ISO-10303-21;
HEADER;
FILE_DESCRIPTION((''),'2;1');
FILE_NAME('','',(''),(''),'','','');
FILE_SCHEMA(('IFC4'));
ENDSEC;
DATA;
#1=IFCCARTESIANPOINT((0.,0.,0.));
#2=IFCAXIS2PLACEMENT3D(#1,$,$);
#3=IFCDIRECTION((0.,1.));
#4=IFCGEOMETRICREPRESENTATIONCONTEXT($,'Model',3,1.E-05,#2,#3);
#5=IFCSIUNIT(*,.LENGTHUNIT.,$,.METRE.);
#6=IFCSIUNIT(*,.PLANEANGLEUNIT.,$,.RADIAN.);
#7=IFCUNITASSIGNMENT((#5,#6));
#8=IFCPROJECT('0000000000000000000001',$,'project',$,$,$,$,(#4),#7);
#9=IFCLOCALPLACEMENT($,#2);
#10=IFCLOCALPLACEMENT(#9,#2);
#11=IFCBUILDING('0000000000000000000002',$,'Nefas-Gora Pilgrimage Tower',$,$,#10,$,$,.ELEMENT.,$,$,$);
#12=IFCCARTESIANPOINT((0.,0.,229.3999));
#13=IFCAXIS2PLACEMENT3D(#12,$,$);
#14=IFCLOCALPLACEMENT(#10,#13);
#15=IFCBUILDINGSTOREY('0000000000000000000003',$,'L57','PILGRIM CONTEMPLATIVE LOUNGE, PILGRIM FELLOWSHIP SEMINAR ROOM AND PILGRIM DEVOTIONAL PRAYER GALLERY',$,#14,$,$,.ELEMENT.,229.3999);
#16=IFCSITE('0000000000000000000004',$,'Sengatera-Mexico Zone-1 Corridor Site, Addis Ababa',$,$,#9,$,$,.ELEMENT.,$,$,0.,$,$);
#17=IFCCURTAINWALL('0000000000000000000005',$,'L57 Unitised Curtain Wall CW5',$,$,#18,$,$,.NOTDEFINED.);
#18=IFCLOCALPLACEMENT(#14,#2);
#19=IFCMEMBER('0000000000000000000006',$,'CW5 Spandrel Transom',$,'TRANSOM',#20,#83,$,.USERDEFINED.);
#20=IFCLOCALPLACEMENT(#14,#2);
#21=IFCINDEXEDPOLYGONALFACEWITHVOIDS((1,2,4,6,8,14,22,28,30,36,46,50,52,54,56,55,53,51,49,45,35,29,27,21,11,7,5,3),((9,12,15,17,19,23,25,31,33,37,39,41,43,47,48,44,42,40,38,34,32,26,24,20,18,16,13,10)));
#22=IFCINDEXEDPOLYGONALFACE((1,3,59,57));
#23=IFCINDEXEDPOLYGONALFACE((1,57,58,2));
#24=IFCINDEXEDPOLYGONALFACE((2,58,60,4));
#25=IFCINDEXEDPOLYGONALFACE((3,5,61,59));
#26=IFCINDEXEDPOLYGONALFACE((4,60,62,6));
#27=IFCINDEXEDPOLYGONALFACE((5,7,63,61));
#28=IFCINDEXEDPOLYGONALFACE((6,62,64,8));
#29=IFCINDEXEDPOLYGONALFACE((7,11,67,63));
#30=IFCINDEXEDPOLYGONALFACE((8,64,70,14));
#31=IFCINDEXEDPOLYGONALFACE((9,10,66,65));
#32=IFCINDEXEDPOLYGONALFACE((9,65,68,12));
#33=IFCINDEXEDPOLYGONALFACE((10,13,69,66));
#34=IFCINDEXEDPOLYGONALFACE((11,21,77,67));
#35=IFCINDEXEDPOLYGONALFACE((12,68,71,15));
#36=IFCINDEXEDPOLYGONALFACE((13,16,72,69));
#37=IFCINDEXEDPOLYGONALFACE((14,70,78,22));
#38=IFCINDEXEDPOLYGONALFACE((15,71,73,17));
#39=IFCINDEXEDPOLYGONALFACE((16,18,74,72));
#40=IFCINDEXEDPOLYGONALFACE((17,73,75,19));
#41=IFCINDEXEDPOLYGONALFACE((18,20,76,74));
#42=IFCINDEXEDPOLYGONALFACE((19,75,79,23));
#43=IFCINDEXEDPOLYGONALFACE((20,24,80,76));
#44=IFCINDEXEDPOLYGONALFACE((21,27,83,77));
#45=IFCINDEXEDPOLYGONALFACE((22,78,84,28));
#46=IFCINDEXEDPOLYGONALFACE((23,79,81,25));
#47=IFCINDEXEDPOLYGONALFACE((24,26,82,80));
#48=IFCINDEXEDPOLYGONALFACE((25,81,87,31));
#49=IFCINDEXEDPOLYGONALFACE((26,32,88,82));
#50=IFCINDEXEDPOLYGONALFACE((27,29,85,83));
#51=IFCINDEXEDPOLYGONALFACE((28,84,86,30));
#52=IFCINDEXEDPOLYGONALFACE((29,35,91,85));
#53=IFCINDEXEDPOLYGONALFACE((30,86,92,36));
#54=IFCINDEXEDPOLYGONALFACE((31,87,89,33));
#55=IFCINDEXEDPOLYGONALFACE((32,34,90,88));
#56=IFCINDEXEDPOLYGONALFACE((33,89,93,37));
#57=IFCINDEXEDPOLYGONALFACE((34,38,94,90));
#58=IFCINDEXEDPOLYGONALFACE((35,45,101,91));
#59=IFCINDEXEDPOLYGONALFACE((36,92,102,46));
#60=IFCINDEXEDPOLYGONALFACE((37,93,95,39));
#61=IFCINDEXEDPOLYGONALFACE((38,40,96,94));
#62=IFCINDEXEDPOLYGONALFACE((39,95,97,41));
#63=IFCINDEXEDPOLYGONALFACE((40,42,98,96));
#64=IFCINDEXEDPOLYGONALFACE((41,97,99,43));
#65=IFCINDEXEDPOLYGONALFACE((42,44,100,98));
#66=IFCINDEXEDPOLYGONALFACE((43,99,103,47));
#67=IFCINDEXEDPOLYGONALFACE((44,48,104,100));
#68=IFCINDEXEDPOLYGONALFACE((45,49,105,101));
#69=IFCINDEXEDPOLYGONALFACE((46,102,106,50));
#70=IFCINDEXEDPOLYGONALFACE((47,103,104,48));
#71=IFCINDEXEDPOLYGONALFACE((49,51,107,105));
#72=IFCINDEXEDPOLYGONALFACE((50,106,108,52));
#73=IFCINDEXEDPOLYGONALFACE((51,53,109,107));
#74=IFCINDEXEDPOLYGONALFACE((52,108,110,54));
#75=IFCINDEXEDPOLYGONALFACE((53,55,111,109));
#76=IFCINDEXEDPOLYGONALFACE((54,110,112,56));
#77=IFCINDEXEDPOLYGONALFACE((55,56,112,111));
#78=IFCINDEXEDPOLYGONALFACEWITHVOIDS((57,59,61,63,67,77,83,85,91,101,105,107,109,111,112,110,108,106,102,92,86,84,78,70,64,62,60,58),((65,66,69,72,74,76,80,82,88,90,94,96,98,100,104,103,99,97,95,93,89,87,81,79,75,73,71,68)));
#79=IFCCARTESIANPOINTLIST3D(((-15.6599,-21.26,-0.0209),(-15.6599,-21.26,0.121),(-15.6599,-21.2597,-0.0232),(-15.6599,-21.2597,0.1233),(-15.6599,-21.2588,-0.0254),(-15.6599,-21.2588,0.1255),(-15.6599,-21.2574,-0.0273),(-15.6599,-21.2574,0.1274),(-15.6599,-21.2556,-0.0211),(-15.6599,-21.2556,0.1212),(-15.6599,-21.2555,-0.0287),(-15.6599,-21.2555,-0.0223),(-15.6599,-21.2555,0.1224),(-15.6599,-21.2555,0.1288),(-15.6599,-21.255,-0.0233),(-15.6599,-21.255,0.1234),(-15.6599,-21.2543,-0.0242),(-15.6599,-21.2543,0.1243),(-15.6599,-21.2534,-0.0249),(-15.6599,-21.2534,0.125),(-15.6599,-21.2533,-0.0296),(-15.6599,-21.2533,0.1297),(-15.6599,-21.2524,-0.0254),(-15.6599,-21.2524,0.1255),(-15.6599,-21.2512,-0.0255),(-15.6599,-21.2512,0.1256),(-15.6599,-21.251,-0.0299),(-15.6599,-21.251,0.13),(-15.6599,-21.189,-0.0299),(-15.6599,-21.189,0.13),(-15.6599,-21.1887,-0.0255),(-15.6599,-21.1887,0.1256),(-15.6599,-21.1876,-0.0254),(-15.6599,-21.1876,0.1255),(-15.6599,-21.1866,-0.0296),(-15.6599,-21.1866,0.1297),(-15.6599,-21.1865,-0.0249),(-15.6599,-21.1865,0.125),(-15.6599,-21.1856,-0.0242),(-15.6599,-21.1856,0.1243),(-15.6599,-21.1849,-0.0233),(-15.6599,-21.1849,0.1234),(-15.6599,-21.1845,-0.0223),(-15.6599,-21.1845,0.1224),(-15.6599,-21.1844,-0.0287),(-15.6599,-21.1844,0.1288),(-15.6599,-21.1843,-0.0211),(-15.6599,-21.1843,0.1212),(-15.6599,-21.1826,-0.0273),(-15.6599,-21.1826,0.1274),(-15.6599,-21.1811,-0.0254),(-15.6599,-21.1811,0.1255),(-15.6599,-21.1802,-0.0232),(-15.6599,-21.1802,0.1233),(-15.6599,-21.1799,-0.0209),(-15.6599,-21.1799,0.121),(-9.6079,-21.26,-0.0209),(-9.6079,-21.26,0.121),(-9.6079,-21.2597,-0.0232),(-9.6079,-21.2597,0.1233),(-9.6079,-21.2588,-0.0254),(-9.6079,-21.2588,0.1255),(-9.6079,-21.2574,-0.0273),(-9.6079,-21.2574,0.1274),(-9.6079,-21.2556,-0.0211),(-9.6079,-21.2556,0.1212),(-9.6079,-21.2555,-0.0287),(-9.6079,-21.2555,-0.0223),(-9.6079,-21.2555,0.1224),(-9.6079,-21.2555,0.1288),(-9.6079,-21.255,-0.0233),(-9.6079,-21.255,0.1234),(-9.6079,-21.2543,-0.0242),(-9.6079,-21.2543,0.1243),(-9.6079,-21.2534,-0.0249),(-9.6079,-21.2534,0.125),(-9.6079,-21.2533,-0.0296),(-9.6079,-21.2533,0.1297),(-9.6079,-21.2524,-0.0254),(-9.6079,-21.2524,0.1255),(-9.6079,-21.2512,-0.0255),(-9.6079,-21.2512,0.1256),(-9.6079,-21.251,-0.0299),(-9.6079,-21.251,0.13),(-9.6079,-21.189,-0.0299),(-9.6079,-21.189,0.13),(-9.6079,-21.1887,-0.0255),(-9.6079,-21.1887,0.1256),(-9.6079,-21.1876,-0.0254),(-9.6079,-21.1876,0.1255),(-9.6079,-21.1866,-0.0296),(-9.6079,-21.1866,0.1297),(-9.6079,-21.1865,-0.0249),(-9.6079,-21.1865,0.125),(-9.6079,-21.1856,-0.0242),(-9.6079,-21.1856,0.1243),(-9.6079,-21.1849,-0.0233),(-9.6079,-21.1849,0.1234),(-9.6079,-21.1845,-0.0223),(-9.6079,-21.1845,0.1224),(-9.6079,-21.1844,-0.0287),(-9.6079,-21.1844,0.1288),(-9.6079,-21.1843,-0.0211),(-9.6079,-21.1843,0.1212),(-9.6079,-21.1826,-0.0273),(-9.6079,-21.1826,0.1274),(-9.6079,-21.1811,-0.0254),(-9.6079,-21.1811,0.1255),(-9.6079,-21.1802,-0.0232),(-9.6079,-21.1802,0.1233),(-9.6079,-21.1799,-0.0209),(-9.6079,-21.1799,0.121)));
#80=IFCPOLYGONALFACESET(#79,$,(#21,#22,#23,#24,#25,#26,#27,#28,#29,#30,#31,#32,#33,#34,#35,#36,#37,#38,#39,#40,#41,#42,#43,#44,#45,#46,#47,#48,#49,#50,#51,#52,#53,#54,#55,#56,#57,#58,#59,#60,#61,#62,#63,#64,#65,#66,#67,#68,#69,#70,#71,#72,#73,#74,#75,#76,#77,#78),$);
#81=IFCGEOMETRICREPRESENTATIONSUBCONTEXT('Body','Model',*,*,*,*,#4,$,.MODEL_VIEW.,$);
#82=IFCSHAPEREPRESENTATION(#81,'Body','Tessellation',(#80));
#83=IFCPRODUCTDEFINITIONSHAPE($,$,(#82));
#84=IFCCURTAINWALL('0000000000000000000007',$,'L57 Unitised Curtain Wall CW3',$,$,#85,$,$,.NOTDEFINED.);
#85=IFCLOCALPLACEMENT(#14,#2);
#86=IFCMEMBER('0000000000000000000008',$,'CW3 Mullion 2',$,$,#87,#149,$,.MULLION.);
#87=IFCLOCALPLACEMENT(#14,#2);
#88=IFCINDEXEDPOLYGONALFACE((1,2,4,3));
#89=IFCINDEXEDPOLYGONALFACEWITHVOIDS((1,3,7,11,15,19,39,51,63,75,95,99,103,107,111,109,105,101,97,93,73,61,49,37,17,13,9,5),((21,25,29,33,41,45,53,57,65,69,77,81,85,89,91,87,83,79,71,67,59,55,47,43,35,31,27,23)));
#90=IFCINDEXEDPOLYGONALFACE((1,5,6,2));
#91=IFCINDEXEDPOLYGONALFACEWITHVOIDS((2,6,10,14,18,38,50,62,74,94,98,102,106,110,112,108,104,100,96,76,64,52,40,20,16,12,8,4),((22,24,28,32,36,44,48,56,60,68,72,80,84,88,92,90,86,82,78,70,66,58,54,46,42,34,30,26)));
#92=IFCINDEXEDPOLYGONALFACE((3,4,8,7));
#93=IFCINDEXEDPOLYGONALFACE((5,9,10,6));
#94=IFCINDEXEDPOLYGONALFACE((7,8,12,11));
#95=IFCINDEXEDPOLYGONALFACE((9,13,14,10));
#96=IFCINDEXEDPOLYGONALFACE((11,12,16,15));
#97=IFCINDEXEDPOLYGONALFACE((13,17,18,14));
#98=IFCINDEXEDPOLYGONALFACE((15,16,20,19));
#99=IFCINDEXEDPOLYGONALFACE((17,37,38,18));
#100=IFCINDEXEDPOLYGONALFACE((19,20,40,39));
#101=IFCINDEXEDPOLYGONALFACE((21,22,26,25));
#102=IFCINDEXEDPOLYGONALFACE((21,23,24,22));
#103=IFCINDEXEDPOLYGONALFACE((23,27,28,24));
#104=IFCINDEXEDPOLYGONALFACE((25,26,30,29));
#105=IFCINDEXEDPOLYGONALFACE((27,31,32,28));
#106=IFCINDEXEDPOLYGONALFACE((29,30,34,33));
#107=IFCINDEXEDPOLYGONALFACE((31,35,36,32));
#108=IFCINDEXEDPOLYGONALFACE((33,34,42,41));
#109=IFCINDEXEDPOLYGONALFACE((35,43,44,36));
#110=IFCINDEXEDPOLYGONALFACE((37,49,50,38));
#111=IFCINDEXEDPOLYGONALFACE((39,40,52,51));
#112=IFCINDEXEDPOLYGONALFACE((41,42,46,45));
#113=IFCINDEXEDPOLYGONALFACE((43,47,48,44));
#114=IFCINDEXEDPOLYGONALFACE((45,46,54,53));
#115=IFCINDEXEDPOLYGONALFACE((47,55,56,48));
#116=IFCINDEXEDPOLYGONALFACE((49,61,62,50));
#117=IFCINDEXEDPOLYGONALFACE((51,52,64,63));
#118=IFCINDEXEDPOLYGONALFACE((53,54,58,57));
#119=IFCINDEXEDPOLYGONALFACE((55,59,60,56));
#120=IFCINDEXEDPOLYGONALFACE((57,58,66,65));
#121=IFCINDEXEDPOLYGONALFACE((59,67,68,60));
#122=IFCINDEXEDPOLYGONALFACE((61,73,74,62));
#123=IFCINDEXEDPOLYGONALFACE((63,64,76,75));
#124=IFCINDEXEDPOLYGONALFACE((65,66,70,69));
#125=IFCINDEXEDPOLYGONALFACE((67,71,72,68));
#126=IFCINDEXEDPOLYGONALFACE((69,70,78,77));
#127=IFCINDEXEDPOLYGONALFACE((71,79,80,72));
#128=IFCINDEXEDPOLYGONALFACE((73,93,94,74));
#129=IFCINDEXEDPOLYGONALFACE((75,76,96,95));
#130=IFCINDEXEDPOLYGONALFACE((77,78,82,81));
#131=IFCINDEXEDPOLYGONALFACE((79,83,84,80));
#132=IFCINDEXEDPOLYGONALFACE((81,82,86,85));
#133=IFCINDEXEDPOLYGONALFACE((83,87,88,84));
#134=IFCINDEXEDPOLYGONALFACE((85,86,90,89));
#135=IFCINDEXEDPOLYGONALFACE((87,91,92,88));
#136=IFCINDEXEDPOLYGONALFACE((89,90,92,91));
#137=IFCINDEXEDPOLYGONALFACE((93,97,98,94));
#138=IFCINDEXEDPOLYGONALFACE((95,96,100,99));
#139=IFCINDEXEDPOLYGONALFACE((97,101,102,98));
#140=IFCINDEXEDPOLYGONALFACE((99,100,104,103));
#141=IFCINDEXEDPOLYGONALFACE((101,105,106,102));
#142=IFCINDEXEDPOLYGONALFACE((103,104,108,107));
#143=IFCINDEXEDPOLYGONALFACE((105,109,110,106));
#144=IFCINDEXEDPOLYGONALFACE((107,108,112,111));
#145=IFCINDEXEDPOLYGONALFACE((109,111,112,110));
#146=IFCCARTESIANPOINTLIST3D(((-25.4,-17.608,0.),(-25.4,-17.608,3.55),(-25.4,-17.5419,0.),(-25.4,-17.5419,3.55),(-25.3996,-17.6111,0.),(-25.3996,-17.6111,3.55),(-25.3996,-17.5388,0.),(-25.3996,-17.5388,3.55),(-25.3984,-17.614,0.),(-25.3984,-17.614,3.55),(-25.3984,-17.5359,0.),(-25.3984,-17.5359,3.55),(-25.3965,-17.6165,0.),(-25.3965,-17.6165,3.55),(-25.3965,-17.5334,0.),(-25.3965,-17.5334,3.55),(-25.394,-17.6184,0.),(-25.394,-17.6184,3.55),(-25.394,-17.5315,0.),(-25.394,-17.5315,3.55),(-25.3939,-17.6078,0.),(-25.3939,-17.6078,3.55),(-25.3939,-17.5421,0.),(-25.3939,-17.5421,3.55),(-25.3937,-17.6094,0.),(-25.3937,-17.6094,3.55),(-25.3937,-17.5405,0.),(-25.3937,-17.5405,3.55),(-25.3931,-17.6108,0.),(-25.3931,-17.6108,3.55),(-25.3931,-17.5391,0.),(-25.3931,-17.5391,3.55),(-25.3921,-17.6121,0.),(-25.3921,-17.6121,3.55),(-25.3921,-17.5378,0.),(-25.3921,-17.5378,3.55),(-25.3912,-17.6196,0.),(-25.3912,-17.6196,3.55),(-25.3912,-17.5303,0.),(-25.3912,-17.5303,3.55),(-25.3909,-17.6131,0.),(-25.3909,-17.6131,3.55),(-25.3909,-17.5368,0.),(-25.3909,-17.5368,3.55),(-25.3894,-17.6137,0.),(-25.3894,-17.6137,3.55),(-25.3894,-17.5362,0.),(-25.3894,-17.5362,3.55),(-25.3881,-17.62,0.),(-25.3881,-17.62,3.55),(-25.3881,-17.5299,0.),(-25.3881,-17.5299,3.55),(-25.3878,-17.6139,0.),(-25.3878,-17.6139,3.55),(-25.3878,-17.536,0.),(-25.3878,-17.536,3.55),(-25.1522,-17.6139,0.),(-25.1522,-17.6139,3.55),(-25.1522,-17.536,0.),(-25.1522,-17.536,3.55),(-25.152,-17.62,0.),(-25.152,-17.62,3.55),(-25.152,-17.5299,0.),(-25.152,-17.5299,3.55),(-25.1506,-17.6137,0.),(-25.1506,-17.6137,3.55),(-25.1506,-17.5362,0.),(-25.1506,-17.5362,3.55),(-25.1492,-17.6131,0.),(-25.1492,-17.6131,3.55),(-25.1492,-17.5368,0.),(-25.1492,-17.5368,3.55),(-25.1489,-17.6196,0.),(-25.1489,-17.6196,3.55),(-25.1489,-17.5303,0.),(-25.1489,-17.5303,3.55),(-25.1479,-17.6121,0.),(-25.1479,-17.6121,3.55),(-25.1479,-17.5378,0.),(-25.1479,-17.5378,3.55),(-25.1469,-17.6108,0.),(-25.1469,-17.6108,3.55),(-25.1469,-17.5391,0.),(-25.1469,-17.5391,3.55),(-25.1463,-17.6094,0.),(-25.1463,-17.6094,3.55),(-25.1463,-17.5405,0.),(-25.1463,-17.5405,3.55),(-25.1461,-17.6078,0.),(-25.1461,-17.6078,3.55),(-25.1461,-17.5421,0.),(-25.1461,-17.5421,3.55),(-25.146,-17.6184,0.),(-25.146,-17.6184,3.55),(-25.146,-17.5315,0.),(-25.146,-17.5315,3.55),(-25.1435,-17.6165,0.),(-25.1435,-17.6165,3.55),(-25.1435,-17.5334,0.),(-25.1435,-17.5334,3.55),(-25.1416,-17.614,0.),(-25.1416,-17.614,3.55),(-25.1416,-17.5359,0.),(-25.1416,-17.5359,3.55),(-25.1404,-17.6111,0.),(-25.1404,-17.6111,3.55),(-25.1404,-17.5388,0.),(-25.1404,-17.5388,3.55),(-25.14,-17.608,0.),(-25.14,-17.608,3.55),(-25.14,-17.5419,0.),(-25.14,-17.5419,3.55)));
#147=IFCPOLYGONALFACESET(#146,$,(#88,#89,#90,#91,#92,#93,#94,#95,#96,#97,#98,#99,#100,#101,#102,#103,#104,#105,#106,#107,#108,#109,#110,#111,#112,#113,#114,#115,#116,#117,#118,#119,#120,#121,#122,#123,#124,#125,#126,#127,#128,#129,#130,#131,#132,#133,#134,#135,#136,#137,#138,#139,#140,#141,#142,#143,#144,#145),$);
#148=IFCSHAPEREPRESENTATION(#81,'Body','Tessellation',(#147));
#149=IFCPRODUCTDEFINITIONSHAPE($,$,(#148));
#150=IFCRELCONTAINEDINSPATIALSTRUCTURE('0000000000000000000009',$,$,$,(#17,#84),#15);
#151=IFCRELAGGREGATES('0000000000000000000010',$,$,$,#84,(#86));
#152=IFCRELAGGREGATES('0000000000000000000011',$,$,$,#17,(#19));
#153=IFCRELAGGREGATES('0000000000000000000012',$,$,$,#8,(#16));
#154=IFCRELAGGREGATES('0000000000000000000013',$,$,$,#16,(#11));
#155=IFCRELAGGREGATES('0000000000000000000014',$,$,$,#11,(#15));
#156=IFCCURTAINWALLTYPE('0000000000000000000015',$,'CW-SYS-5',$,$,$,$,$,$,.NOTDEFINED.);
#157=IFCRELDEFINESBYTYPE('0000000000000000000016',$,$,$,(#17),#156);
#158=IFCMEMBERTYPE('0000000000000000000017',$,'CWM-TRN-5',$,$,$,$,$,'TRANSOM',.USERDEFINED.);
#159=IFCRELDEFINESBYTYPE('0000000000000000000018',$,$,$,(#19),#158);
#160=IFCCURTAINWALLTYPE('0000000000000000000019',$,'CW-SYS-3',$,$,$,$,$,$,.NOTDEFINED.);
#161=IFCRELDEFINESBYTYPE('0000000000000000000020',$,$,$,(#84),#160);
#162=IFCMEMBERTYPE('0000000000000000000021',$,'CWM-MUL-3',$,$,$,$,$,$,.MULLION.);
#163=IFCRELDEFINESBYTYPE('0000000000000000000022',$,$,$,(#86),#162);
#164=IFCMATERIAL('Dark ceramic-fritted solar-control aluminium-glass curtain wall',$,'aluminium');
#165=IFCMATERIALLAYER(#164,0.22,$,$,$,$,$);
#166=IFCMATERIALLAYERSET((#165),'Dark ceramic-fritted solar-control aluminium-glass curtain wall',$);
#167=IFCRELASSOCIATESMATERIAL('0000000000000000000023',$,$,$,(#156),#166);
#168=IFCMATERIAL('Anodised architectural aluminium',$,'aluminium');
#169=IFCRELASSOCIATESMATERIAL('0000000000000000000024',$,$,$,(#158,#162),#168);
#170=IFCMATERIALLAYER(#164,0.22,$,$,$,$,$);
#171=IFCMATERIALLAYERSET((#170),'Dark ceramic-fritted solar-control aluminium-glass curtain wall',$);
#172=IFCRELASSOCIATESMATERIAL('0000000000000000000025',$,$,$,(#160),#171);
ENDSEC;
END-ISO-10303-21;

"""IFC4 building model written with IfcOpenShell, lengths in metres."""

from ifc_helpers import new_model, si_unit, direction, frame, origin, origin_2d, place, context, subcontext, project, spatial, hollow_rectangle, extrude, source, transform, mapped, material, layer, layer_set, material_profile, profile_set, type_object, element, aggregate, save


model = new_model("IFC4")

# Units and contexts
model_context = context("Model", 3, precision=1e-05, world=origin(), true_north=direction((0.0, 1.0)))
body_context = subcontext(model_context, "Body", "Model", "MODEL_VIEW")
ifc_project = project(units=[si_unit("LENGTHUNIT", "METRE"), si_unit("PLANEANGLEUNIT", "RADIAN")], contexts=[model_context])

# Site, building, storey
site_placement = place(None, origin())
site = spatial("IfcSite", under=ifc_project, at=site_placement, Name="Sengatera-Mexico Zone-1 Corridor Site, Addis Ababa", CompositionType="ELEMENT", RefElevation=0.0)
building_placement = place(site_placement, origin())
building = spatial("IfcBuilding", under=site, at=building_placement, Name="Nefas-Gora Pilgrimage Tower", CompositionType="ELEMENT")
storey_placement = place(building_placement, frame((0.0, 0.0, 229.3999)))
storey = spatial("IfcBuildingStorey", under=building, at=storey_placement, Name="L57", Description="PILGRIM CONTEMPLATIVE LOUNGE, PILGRIM FELLOWSHIP SEMINAR ROOM AND PILGRIM DEVOTIONAL PRAYER GALLERY", CompositionType="ELEMENT", Elevation=229.3999)

# Curtain wall, member
ifc_material_1 = material(Name="Dark ceramic-fritted solar-control aluminium-glass curtain wall", Category="aluminium")
ifc_layer_1 = layer(ifc_material_1, 0.22)
ifc_layer_set_1 = layer_set([ifc_layer_1], Name="Dark ceramic-fritted solar-control aluminium-glass curtain wall")
curtain_wall_type_1 = type_object("IfcCurtainWallType", Name="CW-SYS-5", PredefinedType="NOTDEFINED", material=ifc_layer_set_1)
curtain_wall_1_placement = place(storey_placement, origin())
curtain_wall_1 = element("IfcCurtainWall", 1, at=curtain_wall_1_placement, inside=storey, type_object=curtain_wall_type_1, Name="L57 Unitised Curtain Wall CW5", PredefinedType="NOTDEFINED")
ifc_material_2 = material(Name="Anodised architectural aluminium", Category="aluminium")
ifc_material_profile_1 = material_profile(ifc_material_2, hollow_rectangle(XDim=0.0801, YDim=0.1599, WallThickness=0.0044, InnerFilletRadius=0.0044, OuterFilletRadius=0.009, at=origin_2d()), Name="ALU TRANSOM 80x160")
ifc_profile_set_1 = profile_set([ifc_material_profile_1], Name="Anodised architectural aluminium")
member_type_1 = type_object("IfcMemberType", Name="CWM-TRN-5", ElementType="TRANSOM", PredefinedType="USERDEFINED", material=ifc_profile_set_1)
shared_shape_1 = source(origin(), body_context, "Body", "SweptSolid", [
    extrude(hollow_rectangle(XDim=0.0801, YDim=0.1599, WallThickness=0.0044, InnerFilletRadius=0.0044, OuterFilletRadius=0.009, at=origin_2d()), origin(), (0.0, 0.0, 1.0), 6.052),
])
member_1_placement = place(storey_placement, frame((-15.6599, -21.22, 0.05), z_axis=(1.0, 0.0, 0.0), x_axis=(0.0, 1.0, 0.0)))
member_1 = element("IfcMember", 2, at=member_1_placement, type_object=member_type_1, Name="CW5 Spandrel Transom", ObjectType="TRANSOM", PredefinedType="USERDEFINED", context=body_context, shape_type="MappedRepresentation", body=[
    mapped(shared_shape_1, transform((0.0, 0.0, 0.0), x_axis=(1.0, 0.0, 0.0), y_axis=(0.0, 1.0, 0.0), z_axis=(0.0, 0.0, 1.0), scale=1.0)),
])

# Curtain wall, member
ifc_layer_2 = layer(ifc_material_1, 0.22)
ifc_layer_set_2 = layer_set([ifc_layer_2], Name="Dark ceramic-fritted solar-control aluminium-glass curtain wall")
curtain_wall_type_2 = type_object("IfcCurtainWallType", Name="CW-SYS-3", PredefinedType="NOTDEFINED", material=ifc_layer_set_2)
curtain_wall_2_placement = place(storey_placement, origin())
curtain_wall_2 = element("IfcCurtainWall", 3, at=curtain_wall_2_placement, inside=storey, type_object=curtain_wall_type_2, Name="L57 Unitised Curtain Wall CW3", PredefinedType="NOTDEFINED")
ifc_material_profile_2 = material_profile(ifc_material_2, hollow_rectangle(XDim=0.0901, YDim=0.26, WallThickness=0.0061, InnerFilletRadius=0.0061, OuterFilletRadius=0.012, at=origin_2d()), Name="ALU MULLION 90x260")
ifc_profile_set_2 = profile_set([ifc_material_profile_2], Name="Anodised architectural aluminium")
member_type_2 = type_object("IfcMemberType", Name="CWM-MUL-3", PredefinedType="MULLION", material=ifc_profile_set_2)
shared_shape_2 = source(origin(), body_context, "Body", "SweptSolid", [
    extrude(hollow_rectangle(XDim=0.0901, YDim=0.26, WallThickness=0.0061, InnerFilletRadius=0.0061, OuterFilletRadius=0.012, at=origin_2d()), origin(), (0.0, 0.0, 1.0), 3.55),
])
member_2_placement = place(storey_placement, frame((-25.27, -17.575, 0.0), z_axis=(0.0, 0.0, 1.0), x_axis=(0.0, -1.0, 0.0)))
member_2 = element("IfcMember", 4, at=member_2_placement, type_object=member_type_2, Name="CW3 Mullion 2", PredefinedType="MULLION", context=body_context, shape_type="MappedRepresentation", body=[
    mapped(shared_shape_2, transform((0.0, 0.0, 0.0), x_axis=(1.0, 0.0, 0.0), y_axis=(0.0, 1.0, 0.0), z_axis=(0.0, 0.0, 1.0), scale=1.0)),
])
aggregate(curtain_wall_2, [member_2])

aggregate(curtain_wall_1, [member_1])

save(model, "model.ifc")
